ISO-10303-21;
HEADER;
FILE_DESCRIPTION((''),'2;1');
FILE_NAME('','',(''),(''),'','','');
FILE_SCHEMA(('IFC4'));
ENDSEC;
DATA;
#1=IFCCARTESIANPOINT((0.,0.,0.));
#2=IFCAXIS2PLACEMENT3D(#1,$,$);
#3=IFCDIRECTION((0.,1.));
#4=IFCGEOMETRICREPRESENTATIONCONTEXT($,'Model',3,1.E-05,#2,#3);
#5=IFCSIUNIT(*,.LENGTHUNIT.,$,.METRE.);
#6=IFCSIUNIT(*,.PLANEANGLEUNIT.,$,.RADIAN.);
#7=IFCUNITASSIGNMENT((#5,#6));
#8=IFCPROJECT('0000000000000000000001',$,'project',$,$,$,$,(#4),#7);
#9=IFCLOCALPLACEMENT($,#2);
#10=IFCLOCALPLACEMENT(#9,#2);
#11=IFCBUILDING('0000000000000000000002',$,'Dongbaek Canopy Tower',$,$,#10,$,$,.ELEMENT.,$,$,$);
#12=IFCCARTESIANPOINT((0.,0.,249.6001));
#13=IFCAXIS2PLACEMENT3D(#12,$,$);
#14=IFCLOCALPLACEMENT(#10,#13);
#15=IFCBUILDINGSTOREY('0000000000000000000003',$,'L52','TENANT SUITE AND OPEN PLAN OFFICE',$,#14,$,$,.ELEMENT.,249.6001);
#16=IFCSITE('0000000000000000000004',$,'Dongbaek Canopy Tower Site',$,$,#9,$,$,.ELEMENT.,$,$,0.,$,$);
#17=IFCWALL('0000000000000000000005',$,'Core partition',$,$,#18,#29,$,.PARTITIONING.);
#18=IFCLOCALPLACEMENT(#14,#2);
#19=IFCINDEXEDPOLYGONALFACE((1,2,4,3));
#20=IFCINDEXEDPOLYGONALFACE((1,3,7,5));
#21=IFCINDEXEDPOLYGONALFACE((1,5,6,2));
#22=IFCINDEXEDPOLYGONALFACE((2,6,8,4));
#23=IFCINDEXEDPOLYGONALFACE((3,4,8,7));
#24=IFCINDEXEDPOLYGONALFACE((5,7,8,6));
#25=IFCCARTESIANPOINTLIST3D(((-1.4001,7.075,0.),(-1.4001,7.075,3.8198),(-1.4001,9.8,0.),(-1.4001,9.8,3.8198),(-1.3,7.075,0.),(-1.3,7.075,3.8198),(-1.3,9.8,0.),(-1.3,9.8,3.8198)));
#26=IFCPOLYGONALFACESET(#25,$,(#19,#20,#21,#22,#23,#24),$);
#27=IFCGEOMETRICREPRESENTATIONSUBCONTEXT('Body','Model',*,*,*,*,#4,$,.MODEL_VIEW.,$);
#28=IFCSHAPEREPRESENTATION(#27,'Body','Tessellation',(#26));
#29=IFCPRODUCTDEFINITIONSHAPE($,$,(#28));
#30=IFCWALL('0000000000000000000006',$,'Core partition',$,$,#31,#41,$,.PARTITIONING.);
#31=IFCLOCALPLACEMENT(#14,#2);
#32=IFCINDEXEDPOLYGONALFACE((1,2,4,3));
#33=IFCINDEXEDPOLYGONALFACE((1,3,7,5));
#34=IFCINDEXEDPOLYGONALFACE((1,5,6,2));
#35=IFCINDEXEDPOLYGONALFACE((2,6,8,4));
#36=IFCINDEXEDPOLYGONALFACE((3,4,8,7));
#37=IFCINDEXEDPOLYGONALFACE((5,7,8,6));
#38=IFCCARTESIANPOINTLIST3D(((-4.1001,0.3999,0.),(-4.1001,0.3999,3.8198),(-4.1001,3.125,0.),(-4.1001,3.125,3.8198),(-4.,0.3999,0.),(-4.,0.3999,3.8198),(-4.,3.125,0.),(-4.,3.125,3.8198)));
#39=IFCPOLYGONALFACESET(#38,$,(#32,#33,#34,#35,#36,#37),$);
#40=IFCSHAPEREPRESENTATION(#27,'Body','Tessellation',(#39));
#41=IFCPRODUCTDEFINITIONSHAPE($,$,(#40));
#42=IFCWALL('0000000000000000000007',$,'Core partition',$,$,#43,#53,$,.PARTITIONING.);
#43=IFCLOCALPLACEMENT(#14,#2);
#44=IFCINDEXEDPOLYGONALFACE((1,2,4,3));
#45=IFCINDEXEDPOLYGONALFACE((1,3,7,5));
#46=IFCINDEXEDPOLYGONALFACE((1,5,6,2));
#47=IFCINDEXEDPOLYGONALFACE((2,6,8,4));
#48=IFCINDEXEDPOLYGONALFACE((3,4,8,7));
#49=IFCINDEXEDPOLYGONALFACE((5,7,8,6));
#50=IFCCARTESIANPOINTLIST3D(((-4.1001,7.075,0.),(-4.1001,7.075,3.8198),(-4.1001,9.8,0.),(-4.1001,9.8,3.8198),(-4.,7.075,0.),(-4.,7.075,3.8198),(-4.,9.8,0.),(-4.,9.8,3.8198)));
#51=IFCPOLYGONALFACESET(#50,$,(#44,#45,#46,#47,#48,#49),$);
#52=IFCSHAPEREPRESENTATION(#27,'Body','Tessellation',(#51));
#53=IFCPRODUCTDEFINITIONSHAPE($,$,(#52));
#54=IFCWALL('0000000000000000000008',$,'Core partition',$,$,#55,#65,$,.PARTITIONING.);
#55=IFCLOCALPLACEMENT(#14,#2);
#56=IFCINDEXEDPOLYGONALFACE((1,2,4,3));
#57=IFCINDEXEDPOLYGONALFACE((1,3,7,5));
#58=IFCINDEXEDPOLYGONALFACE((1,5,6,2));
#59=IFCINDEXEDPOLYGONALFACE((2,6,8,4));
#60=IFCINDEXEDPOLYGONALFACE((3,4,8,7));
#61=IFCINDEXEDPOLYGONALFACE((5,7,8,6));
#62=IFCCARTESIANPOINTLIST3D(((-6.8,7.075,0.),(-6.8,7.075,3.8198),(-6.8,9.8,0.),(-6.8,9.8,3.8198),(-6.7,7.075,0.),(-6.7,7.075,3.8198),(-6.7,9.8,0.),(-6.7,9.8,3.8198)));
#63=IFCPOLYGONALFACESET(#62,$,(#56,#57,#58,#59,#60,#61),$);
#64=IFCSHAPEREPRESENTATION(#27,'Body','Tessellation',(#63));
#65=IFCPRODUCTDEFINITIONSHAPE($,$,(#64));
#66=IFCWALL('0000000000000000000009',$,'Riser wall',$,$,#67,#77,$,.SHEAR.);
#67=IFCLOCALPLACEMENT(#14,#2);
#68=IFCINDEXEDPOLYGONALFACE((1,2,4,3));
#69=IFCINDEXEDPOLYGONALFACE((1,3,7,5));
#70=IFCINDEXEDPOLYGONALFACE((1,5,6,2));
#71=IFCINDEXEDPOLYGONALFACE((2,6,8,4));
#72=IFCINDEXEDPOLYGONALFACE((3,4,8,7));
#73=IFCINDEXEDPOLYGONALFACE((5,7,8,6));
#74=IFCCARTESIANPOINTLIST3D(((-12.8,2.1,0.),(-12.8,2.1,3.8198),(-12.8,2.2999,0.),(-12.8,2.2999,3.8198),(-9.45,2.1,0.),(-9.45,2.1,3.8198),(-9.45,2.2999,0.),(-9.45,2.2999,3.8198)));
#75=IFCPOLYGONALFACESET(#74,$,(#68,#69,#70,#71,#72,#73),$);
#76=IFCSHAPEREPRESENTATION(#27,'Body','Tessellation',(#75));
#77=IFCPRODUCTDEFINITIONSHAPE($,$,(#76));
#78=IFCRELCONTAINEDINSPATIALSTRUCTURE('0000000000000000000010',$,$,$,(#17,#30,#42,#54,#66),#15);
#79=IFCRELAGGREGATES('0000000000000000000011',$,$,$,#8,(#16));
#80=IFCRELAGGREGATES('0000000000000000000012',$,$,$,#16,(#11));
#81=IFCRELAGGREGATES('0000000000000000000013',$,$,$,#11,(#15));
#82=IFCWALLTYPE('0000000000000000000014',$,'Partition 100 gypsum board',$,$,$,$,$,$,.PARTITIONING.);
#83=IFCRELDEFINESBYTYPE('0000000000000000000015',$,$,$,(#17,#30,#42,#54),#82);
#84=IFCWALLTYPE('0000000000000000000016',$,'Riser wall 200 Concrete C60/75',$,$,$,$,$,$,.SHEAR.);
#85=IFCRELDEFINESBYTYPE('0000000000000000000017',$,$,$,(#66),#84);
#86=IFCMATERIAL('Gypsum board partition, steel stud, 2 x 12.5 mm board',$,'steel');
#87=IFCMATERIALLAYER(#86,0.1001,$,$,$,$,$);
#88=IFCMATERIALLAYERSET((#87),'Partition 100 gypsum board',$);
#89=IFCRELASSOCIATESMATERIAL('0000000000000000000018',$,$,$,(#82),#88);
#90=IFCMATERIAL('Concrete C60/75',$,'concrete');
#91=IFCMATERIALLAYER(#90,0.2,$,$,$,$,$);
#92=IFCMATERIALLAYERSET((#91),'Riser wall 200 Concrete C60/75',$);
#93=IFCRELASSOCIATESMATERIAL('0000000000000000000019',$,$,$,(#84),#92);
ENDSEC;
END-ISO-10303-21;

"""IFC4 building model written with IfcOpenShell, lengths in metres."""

from ifc_helpers import new_model, si_unit, direction, frame, frame_2d, origin, place, context, subcontext, project, spatial, rectangle, extrude, material, layer, layer_set, type_object, element, save


model = new_model("IFC4")

# Units and contexts
model_context = context("Model", 3, precision=1e-05, world=origin(), true_north=direction((0.0, 1.0)))
body_context = subcontext(model_context, "Body", "Model", "MODEL_VIEW")
ifc_project = project(units=[si_unit("LENGTHUNIT", "METRE"), si_unit("PLANEANGLEUNIT", "RADIAN")], contexts=[model_context])

# Site, building, storey
site_placement = place(None, origin())
site = spatial("IfcSite", under=ifc_project, at=site_placement, Name="Dongbaek Canopy Tower Site", CompositionType="ELEMENT", RefElevation=0.0)
building_placement = place(site_placement, origin())
building = spatial("IfcBuilding", under=site, at=building_placement, Name="Dongbaek Canopy Tower", CompositionType="ELEMENT")
storey_placement = place(building_placement, frame((0.0, 0.0, 249.6001)))
storey = spatial("IfcBuildingStorey", under=building, at=storey_placement, Name="L52", Description="TENANT SUITE AND OPEN PLAN OFFICE", CompositionType="ELEMENT", Elevation=249.6001)

# Walls
ifc_material_1 = material(Name="Gypsum board partition, steel stud, 2 x 12.5 mm board", Category="steel")
ifc_layer_1 = layer(ifc_material_1, 0.1001)
ifc_layer_set_1 = layer_set([ifc_layer_1], Name="Partition 100 gypsum board")
wall_type_1 = type_object("IfcWallType", Name="Partition 100 gypsum board", PredefinedType="PARTITIONING", material=ifc_layer_set_1)
for number, where, z_axis, x_axis, name in (
    (1, (-1.3501, 7.075, 0.0), (0.0, 0.0, 1.0), (0.0, 1.0, 0.0), "Core partition"),
    (2, (-4.05, 0.3999, 0.0), (0.0, 0.0, 1.0), (0.0, 1.0, 0.0), "Core partition"),
    (3, (-4.05, 7.075, 0.0), (0.0, 0.0, 1.0), (0.0, 1.0, 0.0), "Core partition"),
    (4, (-6.75, 7.075, 0.0), (0.0, 0.0, 1.0), (0.0, 1.0, 0.0), "Core partition"),
):
    element("IfcWall", number, at=place(storey_placement, frame(where, z_axis=z_axis, x_axis=x_axis)), inside=storey, type_object=wall_type_1, Name=name, PredefinedType="PARTITIONING", context=body_context, shape_type="SweptSolid", body=[
        extrude(rectangle(XDim=2.7251, YDim=0.1001, at=frame_2d((1.3625, 0.0))), origin(), (0.0, 0.0, 1.0), 3.8198),
    ])
ifc_material_2 = material(Name="Concrete C60/75", Category="concrete")
ifc_layer_2 = layer(ifc_material_2, 0.2)
ifc_layer_set_2 = layer_set([ifc_layer_2], Name="Riser wall 200 Concrete C60/75")
wall_type_2 = type_object("IfcWallType", Name="Riser wall 200 Concrete C60/75", PredefinedType="SHEAR", material=ifc_layer_set_2)
wall_1_placement = place(storey_placement, frame((-9.45, 2.2, 0.0), z_axis=(0.0, 0.0, 1.0), x_axis=(-1.0, 0.0, 0.0)))
element("IfcWall", 5, at=wall_1_placement, inside=storey, type_object=wall_type_2, Name="Riser wall", PredefinedType="SHEAR", context=body_context, shape_type="SweptSolid", body=[
    extrude(rectangle(XDim=3.3501, YDim=0.2, at=frame_2d((1.675, 0.0))), origin(), (0.0, 0.0, 1.0), 3.8198),
])

save(model, "model.ifc")
